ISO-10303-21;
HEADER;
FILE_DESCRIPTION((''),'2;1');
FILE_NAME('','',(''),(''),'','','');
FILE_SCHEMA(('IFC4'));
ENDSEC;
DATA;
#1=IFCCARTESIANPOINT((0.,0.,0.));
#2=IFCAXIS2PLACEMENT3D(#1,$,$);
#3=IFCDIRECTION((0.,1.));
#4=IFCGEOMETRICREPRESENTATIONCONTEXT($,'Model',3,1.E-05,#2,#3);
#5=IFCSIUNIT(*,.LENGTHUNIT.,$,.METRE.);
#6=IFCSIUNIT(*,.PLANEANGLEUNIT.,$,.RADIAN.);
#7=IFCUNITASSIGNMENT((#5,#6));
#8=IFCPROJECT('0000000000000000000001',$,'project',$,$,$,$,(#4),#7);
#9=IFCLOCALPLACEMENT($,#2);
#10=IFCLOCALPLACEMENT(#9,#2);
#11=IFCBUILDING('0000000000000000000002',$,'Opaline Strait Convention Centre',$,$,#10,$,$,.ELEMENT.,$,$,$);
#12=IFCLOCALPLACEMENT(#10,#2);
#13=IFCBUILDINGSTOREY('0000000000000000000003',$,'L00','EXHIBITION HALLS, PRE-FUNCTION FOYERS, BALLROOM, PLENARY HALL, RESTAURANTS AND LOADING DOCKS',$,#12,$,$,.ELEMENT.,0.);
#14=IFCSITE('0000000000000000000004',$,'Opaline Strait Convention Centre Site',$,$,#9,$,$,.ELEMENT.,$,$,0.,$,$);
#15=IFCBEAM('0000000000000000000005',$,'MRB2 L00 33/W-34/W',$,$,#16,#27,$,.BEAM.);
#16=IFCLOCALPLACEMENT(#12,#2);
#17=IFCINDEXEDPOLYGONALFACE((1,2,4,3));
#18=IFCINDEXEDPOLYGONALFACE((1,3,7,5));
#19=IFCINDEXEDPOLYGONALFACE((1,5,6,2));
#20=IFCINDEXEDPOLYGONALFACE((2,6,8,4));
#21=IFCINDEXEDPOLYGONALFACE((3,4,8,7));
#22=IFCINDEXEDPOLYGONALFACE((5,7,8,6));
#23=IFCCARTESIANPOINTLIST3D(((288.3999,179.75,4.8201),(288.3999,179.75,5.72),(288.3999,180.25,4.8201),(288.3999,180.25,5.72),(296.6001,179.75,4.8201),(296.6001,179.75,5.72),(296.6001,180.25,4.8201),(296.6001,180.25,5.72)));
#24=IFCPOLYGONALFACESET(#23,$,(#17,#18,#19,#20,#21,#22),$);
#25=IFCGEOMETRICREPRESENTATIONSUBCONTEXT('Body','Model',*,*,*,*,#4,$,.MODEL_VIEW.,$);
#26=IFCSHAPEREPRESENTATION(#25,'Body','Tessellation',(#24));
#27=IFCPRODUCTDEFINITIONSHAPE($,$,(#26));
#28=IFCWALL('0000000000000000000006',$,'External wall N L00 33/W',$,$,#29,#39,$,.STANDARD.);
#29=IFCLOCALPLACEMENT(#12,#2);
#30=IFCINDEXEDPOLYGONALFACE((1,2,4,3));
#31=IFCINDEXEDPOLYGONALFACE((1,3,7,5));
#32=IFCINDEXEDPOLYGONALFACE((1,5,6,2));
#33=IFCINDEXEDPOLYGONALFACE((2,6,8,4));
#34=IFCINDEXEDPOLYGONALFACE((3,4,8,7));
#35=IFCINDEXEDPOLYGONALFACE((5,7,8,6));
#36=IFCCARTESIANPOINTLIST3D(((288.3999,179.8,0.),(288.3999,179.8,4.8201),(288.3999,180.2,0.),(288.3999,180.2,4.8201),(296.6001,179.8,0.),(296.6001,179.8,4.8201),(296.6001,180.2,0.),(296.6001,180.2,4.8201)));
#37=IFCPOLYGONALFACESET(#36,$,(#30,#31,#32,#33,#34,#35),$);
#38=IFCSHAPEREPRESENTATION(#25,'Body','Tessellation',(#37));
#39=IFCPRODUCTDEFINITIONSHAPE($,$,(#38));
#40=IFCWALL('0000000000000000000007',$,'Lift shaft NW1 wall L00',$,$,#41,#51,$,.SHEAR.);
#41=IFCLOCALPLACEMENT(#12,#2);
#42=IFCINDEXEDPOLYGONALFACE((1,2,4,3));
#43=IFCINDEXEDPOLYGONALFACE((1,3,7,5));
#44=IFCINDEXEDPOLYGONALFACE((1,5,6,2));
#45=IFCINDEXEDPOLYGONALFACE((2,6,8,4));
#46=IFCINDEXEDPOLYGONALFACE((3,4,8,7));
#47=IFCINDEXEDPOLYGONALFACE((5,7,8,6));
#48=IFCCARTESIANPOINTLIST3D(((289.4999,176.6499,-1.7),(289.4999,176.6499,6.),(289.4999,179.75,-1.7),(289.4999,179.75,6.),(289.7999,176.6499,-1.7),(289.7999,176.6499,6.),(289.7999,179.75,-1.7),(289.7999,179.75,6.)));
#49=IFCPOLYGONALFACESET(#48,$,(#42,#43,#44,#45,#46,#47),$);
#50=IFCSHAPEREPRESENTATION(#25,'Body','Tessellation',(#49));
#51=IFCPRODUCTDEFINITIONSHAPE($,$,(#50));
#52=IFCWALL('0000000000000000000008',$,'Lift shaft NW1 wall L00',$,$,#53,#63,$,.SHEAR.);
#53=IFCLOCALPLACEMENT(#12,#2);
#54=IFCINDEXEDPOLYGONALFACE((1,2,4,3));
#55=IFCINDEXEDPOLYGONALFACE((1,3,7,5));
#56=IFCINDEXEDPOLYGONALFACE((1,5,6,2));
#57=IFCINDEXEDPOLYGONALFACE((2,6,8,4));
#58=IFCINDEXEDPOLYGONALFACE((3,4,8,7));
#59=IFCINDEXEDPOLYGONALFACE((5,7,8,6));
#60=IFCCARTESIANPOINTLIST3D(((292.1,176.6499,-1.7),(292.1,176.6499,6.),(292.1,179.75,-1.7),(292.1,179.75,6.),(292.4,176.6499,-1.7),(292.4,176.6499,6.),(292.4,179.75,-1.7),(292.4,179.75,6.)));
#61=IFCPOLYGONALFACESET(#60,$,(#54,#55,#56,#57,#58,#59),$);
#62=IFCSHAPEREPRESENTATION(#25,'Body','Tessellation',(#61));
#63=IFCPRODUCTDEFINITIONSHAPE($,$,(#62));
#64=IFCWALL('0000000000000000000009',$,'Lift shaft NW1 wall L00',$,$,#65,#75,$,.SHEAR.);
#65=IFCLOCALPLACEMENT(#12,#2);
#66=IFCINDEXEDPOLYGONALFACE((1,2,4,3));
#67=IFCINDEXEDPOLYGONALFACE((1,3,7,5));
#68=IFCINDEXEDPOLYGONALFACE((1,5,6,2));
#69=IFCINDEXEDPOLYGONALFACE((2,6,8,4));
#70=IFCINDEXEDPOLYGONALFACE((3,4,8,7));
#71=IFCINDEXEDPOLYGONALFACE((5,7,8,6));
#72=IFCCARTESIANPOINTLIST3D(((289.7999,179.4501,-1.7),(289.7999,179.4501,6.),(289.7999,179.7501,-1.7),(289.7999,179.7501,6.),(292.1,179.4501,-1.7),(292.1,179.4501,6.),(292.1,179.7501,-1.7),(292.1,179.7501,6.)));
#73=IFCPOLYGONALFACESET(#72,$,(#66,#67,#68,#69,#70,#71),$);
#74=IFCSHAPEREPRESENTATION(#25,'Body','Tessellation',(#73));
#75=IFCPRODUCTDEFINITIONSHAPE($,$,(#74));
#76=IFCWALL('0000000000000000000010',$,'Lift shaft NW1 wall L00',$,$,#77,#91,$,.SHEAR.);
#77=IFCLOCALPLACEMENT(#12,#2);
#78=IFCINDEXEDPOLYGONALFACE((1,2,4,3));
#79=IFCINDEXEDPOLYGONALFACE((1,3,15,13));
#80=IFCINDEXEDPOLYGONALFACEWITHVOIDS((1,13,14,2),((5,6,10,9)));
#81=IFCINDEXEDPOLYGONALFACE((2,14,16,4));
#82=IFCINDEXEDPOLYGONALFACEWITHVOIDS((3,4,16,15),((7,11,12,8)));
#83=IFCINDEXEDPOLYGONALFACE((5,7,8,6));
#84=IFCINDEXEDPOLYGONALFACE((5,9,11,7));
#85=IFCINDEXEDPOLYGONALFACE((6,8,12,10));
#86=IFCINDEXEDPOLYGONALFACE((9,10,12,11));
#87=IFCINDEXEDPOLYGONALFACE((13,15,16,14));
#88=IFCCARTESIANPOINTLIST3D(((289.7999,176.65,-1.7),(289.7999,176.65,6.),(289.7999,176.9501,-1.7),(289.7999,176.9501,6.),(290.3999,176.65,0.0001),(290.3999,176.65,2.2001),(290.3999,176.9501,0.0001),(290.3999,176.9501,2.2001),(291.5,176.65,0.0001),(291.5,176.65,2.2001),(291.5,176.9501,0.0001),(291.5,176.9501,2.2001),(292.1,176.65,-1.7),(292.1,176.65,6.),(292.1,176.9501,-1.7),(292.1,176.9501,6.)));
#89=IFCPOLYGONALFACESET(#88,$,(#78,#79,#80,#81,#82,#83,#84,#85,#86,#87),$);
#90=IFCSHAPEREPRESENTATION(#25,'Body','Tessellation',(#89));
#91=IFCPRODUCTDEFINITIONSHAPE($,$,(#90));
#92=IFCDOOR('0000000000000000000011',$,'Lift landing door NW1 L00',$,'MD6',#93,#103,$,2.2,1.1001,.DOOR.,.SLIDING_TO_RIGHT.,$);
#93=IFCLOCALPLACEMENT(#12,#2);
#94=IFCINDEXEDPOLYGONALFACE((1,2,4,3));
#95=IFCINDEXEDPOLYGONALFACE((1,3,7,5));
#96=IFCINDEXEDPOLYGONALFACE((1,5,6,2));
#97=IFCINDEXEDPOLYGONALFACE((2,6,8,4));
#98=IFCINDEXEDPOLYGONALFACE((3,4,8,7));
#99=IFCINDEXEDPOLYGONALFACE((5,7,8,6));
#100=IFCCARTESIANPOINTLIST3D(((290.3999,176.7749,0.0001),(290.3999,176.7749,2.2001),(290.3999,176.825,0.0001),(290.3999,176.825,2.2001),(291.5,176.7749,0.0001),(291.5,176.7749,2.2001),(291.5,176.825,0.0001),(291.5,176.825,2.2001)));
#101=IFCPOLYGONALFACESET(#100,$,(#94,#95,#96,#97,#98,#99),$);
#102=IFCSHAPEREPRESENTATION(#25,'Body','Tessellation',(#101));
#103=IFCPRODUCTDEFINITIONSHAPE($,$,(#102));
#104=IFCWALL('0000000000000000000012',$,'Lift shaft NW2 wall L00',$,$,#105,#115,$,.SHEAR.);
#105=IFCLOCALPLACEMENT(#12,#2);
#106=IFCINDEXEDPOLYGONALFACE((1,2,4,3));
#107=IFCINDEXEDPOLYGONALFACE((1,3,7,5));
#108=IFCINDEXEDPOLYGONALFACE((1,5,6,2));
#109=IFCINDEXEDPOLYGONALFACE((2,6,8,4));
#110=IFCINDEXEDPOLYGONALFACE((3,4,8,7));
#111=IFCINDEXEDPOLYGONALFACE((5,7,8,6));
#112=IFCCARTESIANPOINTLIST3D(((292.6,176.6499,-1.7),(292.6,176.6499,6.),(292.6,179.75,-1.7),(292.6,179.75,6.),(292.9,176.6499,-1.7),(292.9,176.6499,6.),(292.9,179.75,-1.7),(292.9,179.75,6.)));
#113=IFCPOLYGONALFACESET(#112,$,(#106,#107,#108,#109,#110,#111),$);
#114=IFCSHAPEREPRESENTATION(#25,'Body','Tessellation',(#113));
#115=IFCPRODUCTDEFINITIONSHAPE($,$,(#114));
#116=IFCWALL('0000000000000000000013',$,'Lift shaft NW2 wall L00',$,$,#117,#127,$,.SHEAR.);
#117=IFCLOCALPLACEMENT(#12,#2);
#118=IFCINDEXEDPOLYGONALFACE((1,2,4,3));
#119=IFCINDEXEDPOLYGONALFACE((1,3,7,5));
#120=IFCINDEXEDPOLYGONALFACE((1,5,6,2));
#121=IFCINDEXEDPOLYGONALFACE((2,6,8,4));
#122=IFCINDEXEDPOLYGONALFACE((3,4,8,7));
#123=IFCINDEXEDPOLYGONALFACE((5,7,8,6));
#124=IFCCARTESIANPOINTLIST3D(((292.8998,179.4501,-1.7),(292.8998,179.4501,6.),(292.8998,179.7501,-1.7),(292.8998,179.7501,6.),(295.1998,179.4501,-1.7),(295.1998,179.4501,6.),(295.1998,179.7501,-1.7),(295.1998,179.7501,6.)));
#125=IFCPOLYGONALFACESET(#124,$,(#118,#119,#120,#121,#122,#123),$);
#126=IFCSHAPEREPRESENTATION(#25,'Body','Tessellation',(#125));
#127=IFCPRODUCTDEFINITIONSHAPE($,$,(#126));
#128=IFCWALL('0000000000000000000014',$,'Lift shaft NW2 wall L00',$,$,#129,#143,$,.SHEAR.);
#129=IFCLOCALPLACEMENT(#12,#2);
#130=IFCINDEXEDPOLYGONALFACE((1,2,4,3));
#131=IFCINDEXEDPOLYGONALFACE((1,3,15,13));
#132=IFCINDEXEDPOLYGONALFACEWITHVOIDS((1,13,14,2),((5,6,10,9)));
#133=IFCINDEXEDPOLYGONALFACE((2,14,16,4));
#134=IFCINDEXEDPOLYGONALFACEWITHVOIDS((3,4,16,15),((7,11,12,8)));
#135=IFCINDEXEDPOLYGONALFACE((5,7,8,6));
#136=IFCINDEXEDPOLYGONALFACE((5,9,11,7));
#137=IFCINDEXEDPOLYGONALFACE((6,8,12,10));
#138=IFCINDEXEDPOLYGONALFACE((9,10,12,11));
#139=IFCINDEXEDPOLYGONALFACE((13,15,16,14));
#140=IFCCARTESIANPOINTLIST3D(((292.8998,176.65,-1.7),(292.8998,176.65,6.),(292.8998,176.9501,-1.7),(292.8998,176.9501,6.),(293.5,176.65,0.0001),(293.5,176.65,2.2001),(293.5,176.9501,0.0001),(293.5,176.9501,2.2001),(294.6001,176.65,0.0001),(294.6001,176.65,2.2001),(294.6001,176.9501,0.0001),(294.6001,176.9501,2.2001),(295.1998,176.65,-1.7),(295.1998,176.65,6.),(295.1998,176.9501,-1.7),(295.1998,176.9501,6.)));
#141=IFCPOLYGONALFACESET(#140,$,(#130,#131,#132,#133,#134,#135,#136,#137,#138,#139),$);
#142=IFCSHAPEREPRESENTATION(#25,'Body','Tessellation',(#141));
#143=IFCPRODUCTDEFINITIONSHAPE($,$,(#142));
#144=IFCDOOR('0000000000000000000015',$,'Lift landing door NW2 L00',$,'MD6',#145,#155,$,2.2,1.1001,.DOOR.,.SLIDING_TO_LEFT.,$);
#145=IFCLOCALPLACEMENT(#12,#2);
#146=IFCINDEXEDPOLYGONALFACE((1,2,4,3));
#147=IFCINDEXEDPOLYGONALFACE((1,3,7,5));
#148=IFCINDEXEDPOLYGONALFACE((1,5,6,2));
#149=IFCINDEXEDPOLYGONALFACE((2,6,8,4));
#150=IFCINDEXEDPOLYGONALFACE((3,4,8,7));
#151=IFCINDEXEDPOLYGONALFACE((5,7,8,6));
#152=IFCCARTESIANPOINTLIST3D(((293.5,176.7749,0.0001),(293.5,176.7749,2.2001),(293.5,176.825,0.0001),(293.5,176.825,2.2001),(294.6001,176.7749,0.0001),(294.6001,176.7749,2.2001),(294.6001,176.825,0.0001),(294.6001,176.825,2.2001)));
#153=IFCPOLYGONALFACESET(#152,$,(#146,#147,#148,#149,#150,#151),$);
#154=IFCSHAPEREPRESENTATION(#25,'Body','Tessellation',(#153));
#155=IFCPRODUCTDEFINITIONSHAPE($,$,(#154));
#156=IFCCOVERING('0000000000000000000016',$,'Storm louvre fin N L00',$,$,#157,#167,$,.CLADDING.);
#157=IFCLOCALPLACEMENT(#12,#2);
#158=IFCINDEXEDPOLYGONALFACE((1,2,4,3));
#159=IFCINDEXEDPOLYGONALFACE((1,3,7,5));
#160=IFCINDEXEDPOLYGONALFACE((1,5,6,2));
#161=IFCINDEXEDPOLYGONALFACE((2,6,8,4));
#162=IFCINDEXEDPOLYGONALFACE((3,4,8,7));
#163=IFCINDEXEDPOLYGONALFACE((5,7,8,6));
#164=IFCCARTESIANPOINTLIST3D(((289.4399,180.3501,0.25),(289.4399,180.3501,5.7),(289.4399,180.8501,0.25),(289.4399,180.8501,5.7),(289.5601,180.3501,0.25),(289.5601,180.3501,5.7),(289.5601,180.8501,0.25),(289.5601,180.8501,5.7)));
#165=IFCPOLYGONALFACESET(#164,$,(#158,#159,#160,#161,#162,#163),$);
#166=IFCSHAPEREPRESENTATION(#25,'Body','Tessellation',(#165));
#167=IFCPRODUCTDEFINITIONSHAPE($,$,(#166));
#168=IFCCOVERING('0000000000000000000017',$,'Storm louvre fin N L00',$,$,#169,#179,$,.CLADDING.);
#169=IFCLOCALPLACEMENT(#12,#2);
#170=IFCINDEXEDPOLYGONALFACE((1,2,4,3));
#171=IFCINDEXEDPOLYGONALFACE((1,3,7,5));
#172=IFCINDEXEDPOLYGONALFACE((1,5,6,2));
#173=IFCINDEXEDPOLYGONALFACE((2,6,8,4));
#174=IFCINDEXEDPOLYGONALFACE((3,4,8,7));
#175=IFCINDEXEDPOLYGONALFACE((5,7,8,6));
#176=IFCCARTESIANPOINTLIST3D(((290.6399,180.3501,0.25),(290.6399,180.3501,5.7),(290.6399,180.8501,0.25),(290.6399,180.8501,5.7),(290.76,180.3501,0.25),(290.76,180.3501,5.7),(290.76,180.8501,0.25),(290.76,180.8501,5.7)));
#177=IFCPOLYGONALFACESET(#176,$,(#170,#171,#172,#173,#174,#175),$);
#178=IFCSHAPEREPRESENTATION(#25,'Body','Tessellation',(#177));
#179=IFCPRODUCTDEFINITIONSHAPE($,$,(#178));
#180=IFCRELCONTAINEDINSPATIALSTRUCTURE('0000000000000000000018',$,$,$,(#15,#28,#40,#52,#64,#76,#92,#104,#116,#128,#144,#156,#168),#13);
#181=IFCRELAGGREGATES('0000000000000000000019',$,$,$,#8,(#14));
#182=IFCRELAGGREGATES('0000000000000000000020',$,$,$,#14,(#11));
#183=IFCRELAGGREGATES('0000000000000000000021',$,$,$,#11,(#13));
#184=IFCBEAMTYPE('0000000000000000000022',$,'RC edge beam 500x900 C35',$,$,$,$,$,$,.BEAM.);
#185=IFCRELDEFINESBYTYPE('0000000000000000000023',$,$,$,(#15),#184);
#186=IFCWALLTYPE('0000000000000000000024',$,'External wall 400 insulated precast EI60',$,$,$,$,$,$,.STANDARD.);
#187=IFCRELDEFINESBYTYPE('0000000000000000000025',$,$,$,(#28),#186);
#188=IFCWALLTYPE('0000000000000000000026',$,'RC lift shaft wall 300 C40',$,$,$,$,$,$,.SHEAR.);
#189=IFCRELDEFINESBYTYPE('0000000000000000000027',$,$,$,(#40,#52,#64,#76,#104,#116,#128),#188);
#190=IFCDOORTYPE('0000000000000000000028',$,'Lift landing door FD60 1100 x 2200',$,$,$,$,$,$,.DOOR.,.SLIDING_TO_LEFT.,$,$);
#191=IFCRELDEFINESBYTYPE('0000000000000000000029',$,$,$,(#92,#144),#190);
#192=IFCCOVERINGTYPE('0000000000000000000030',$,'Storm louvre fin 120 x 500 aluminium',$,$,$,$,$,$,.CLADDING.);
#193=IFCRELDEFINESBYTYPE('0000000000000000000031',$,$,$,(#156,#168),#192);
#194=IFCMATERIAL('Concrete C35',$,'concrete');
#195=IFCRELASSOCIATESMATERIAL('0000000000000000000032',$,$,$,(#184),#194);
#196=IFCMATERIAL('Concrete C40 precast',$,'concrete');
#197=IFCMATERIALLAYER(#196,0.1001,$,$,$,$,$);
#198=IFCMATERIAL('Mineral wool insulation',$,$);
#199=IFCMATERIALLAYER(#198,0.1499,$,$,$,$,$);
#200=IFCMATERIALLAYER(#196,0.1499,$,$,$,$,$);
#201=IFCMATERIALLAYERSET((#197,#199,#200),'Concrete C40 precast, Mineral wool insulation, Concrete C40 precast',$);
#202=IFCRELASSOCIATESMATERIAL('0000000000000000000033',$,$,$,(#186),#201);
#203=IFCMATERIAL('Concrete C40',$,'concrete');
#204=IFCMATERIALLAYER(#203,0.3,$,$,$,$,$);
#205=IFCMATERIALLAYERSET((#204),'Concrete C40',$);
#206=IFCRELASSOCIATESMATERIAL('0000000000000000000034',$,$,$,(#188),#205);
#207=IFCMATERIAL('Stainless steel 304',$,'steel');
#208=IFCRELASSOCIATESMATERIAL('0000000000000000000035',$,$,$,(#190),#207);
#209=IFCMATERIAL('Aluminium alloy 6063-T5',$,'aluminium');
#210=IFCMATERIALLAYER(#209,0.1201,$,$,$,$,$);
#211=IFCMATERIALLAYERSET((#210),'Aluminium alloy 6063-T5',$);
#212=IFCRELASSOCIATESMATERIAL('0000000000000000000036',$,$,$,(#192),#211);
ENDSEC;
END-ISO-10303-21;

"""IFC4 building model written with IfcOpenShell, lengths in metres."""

from ifc_helpers import new_model, si_unit, direction, frame, frame_2d, origin, origin_2d, place, context, subcontext, project, spatial, rectangle, extrude, material, layer, layer_set, material_profile, profile_set, type_object, element, fill, save


model = new_model("IFC4")

# Units and contexts
model_context = context("Model", 3, precision=1e-05, world=origin(), true_north=direction((0.0, 1.0)))
body_context = subcontext(model_context, "Body", "Model", "MODEL_VIEW")
ifc_project = project(units=[si_unit("LENGTHUNIT", "METRE"), si_unit("PLANEANGLEUNIT", "RADIAN")], contexts=[model_context])

# Site, building, storey
site_placement = place(None, origin())
site = spatial("IfcSite", under=ifc_project, at=site_placement, Name="Opaline Strait Convention Centre Site", CompositionType="ELEMENT", RefElevation=0.0)
building_placement = place(site_placement, origin())
building = spatial("IfcBuilding", under=site, at=building_placement, Name="Opaline Strait Convention Centre", CompositionType="ELEMENT")
storey_placement = place(building_placement, origin())
storey = spatial("IfcBuildingStorey", under=building, at=storey_placement, Name="L00", Description="EXHIBITION HALLS, PRE-FUNCTION FOYERS, BALLROOM, PLENARY HALL, RESTAURANTS AND LOADING DOCKS", CompositionType="ELEMENT", Elevation=0.0)

# Shared definitions
ifc_material_1 = material(Name="Concrete C35", Category="concrete")

# Shared definitions
ifc_material_2 = material(Name="Concrete C40", Category="concrete")

# Beam
ifc_material_profile_1 = material_profile(ifc_material_1, rectangle(XDim=0.5, YDim=0.8999, at=origin_2d()), Name="RC 500x900")
ifc_profile_set_1 = profile_set([ifc_material_profile_1], Name="Concrete C35")
beam_type = type_object("IfcBeamType", Name="RC edge beam 500x900 C35", PredefinedType="BEAM", material=ifc_profile_set_1)
beam_placement = place(storey_placement, frame((288.3999, 180.0, 5.27), z_axis=(1.0, 0.0, 0.0), x_axis=(0.0, 1.0, 0.0)))
element("IfcBeam", 1, at=beam_placement, inside=storey, type_object=beam_type, Name="MRB2 L00 33/W-34/W", PredefinedType="BEAM", context=body_context, shape_type="SweptSolid", body=[
    extrude(rectangle(XDim=0.5, YDim=0.8999, at=origin_2d()), origin(), (0.0, 0.0, 1.0), 8.2002),
])

# Walls
ifc_material_3 = material(Name="Concrete C40 precast", Category="concrete")
ifc_layer_1 = layer(ifc_material_3, 0.1001)
ifc_material_4 = material(Name="Mineral wool insulation")
ifc_layer_2 = layer(ifc_material_4, 0.1499)
ifc_layer_3 = layer(ifc_material_3, 0.1499)
ifc_layer_set_1 = layer_set([ifc_layer_1, ifc_layer_2, ifc_layer_3], Name="Concrete C40 precast, Mineral wool insulation, Concrete C40 precast")
wall_type_1 = type_object("IfcWallType", Name="External wall 400 insulated precast EI60", PredefinedType="STANDARD", material=ifc_layer_set_1)
wall_1_placement = place(storey_placement, frame((288.3999, 180.0, 0.0), z_axis=(0.0, 0.0, 1.0), x_axis=(1.0, 0.0, 0.0)))
element("IfcWall", 2, at=wall_1_placement, inside=storey, type_object=wall_type_1, Name="External wall N L00 33/W", PredefinedType="STANDARD", context=body_context, shape_type="SweptSolid", body=[
    extrude(rectangle(XDim=8.2002, YDim=0.3999, at=frame_2d((4.1001, 0.0))), origin(), (0.0, 0.0, 1.0), 4.8201),
])
ifc_layer_4 = layer(ifc_material_2, 0.3)
ifc_layer_set_2 = layer_set([ifc_layer_4], Name="Concrete C40")
wall_type_2 = type_object("IfcWallType", Name="RC lift shaft wall 300 C40", PredefinedType="SHEAR", material=ifc_layer_set_2)
for number, where, z_axis, x_axis, name in (
    (3, (289.6499, 176.6499, -1.7), (0.0, 0.0, 1.0), (0.0, 1.0, 0.0), "Lift shaft NW1 wall L00"),
    (4, (292.25, 176.6499, -1.7), (0.0, 0.0, 1.0), (0.0, 1.0, 0.0), "Lift shaft NW1 wall L00"),
):
    element("IfcWall", number, at=place(storey_placement, frame(where, z_axis=z_axis, x_axis=x_axis)), inside=storey, type_object=wall_type_2, Name=name, PredefinedType="SHEAR", context=body_context, shape_type="SweptSolid", body=[
        extrude(rectangle(XDim=3.1001, YDim=0.3, at=frame_2d((1.55, 0.0))), origin(), (0.0, 0.0, 1.0), 7.7),
    ])
wall_2_placement = place(storey_placement, frame((289.8, 179.6001, -1.7), z_axis=(0.0, 0.0, 1.0), x_axis=(1.0, 0.0, 0.0)))
element("IfcWall", 5, at=wall_2_placement, inside=storey, type_object=wall_type_2, Name="Lift shaft NW1 wall L00", PredefinedType="SHEAR", context=body_context, shape_type="SweptSolid", body=[
    extrude(rectangle(XDim=2.3, YDim=0.3, at=frame_2d((1.1499, 0.0))), origin(), (0.0, 0.0, 1.0), 7.7),
])

# Wall, opening, door
wall_3_placement = place(storey_placement, frame((289.8, 176.8, -1.7), z_axis=(0.0, 0.0, 1.0), x_axis=(1.0, 0.0, 0.0)))
wall_3 = element("IfcWall", 6, at=wall_3_placement, inside=storey, type_object=wall_type_2, Name="Lift shaft NW1 wall L00", PredefinedType="SHEAR", context=body_context, shape_type="SweptSolid", body=[
    extrude(rectangle(XDim=2.3, YDim=0.3, at=frame_2d((1.1499, 0.0))), origin(), (0.0, 0.0, 1.0), 7.7),
])
opening_1_placement = place(wall_3_placement, frame((0.5999, 0.0, 1.7)))
opening_1 = element("IfcOpeningElement", 7, at=opening_1_placement, cuts=wall_3, PredefinedType="OPENING", context=body_context, shape_type="SweptSolid", body=[
    extrude(rectangle(XDim=1.1001, YDim=2.2, at=frame_2d((0.55, 1.1001))), frame((0.0, 0.1599, 0.0), z_axis=(0.0, -1.0, 0.0), x_axis=(1.0, 0.0, 0.0)), (0.0, 0.0, 1.0), 0.3201),
])
ifc_material_5 = material(Name="Stainless steel 304", Category="steel")
door_type = type_object("IfcDoorType", Name="Lift landing door FD60 1100 x 2200", OperationType="SLIDING_TO_LEFT", PredefinedType="DOOR", material=ifc_material_5)
door_1_placement = place(opening_1_placement, origin())
door_1 = element("IfcDoor", 8, at=door_1_placement, inside=storey, type_object=door_type, Name="Lift landing door NW1 L00", ObjectType="MD6", OperationType="SLIDING_TO_RIGHT", OverallHeight=2.2, OverallWidth=1.1001, PredefinedType="DOOR", context=body_context, shape_type="SweptSolid", body=[
    extrude(rectangle(XDim=1.1001, YDim=2.2, at=frame_2d((0.55, 1.1001))), frame((0.0, 0.0249, 0.0), z_axis=(0.0, -1.0, 0.0), x_axis=(1.0, 0.0, 0.0)), (0.0, 0.0, 1.0), 0.05),
])
fill(opening_1, door_1)

# Walls
wall_4_placement = place(storey_placement, frame((292.75, 176.6499, -1.7), z_axis=(0.0, 0.0, 1.0), x_axis=(0.0, 1.0, 0.0)))
element("IfcWall", 9, at=wall_4_placement, inside=storey, type_object=wall_type_2, Name="Lift shaft NW2 wall L00", PredefinedType="SHEAR", context=body_context, shape_type="SweptSolid", body=[
    extrude(rectangle(XDim=3.1001, YDim=0.3, at=frame_2d((1.55, 0.0))), origin(), (0.0, 0.0, 1.0), 7.7),
])
wall_5_placement = place(storey_placement, frame((292.8999, 179.6001, -1.7), z_axis=(0.0, 0.0, 1.0), x_axis=(1.0, 0.0, 0.0)))
element("IfcWall", 10, at=wall_5_placement, inside=storey, type_object=wall_type_2, Name="Lift shaft NW2 wall L00", PredefinedType="SHEAR", context=body_context, shape_type="SweptSolid", body=[
    extrude(rectangle(XDim=2.3, YDim=0.3, at=frame_2d((1.1499, 0.0))), origin(), (0.0, 0.0, 1.0), 7.7),
])

# Wall, opening, door
wall_6_placement = place(storey_placement, frame((292.8999, 176.8, -1.7), z_axis=(0.0, 0.0, 1.0), x_axis=(1.0, 0.0, 0.0)))
wall_6 = element("IfcWall", 11, at=wall_6_placement, inside=storey, type_object=wall_type_2, Name="Lift shaft NW2 wall L00", PredefinedType="SHEAR", context=body_context, shape_type="SweptSolid", body=[
    extrude(rectangle(XDim=2.3, YDim=0.3, at=frame_2d((1.1499, 0.0))), origin(), (0.0, 0.0, 1.0), 7.7),
])
opening_2_placement = place(wall_6_placement, frame((0.6001, 0.0, 1.7)))
opening_2 = element("IfcOpeningElement", 12, at=opening_2_placement, cuts=wall_6, PredefinedType="OPENING", context=body_context, shape_type="SweptSolid", body=[
    extrude(rectangle(XDim=1.1001, YDim=2.2, at=frame_2d((0.55, 1.1001))), frame((0.0, 0.1599, 0.0), z_axis=(0.0, -1.0, 0.0), x_axis=(1.0, 0.0, 0.0)), (0.0, 0.0, 1.0), 0.3201),
])
door_2_placement = place(opening_2_placement, origin())
door_2 = element("IfcDoor", 13, at=door_2_placement, inside=storey, type_object=door_type, Name="Lift landing door NW2 L00", ObjectType="MD6", OperationType="SLIDING_TO_LEFT", OverallHeight=2.2, OverallWidth=1.1001, PredefinedType="DOOR", context=body_context, shape_type="SweptSolid", body=[
    extrude(rectangle(XDim=1.1001, YDim=2.2, at=frame_2d((0.55, 1.1001))), frame((0.0, 0.0249, 0.0), z_axis=(0.0, -1.0, 0.0), x_axis=(1.0, 0.0, 0.0)), (0.0, 0.0, 1.0), 0.05),
])
fill(opening_2, door_2)

# Coverings
ifc_material_6 = material(Name="Aluminium alloy 6063-T5", Category="aluminium")
ifc_layer_5 = layer(ifc_material_6, 0.1201)
ifc_layer_set_3 = layer_set([ifc_layer_5], Name="Aluminium alloy 6063-T5")
covering_type = type_object("IfcCoveringType", Name="Storm louvre fin 120 x 500 aluminium", PredefinedType="CLADDING", material=ifc_layer_set_3)
for number, where, z_axis, x_axis, name in (
    (14, (289.5, 180.6001, 0.25), (0.0, 0.0, 1.0), (1.0, 0.0, 0.0), "Storm louvre fin N L00"),
    (15, (290.7, 180.6001, 0.25), (0.0, 0.0, 1.0), (1.0, 0.0, 0.0), "Storm louvre fin N L00"),
):
    element("IfcCovering", number, at=place(storey_placement, frame(where, z_axis=z_axis, x_axis=x_axis)), inside=storey, type_object=covering_type, Name=name, PredefinedType="CLADDING", context=body_context, shape_type="SweptSolid", body=[
        extrude(rectangle(XDim=0.1201, YDim=0.5, at=origin_2d()), origin(), (0.0, 0.0, 1.0), 5.45),
    ])

save(model, "model.ifc")
